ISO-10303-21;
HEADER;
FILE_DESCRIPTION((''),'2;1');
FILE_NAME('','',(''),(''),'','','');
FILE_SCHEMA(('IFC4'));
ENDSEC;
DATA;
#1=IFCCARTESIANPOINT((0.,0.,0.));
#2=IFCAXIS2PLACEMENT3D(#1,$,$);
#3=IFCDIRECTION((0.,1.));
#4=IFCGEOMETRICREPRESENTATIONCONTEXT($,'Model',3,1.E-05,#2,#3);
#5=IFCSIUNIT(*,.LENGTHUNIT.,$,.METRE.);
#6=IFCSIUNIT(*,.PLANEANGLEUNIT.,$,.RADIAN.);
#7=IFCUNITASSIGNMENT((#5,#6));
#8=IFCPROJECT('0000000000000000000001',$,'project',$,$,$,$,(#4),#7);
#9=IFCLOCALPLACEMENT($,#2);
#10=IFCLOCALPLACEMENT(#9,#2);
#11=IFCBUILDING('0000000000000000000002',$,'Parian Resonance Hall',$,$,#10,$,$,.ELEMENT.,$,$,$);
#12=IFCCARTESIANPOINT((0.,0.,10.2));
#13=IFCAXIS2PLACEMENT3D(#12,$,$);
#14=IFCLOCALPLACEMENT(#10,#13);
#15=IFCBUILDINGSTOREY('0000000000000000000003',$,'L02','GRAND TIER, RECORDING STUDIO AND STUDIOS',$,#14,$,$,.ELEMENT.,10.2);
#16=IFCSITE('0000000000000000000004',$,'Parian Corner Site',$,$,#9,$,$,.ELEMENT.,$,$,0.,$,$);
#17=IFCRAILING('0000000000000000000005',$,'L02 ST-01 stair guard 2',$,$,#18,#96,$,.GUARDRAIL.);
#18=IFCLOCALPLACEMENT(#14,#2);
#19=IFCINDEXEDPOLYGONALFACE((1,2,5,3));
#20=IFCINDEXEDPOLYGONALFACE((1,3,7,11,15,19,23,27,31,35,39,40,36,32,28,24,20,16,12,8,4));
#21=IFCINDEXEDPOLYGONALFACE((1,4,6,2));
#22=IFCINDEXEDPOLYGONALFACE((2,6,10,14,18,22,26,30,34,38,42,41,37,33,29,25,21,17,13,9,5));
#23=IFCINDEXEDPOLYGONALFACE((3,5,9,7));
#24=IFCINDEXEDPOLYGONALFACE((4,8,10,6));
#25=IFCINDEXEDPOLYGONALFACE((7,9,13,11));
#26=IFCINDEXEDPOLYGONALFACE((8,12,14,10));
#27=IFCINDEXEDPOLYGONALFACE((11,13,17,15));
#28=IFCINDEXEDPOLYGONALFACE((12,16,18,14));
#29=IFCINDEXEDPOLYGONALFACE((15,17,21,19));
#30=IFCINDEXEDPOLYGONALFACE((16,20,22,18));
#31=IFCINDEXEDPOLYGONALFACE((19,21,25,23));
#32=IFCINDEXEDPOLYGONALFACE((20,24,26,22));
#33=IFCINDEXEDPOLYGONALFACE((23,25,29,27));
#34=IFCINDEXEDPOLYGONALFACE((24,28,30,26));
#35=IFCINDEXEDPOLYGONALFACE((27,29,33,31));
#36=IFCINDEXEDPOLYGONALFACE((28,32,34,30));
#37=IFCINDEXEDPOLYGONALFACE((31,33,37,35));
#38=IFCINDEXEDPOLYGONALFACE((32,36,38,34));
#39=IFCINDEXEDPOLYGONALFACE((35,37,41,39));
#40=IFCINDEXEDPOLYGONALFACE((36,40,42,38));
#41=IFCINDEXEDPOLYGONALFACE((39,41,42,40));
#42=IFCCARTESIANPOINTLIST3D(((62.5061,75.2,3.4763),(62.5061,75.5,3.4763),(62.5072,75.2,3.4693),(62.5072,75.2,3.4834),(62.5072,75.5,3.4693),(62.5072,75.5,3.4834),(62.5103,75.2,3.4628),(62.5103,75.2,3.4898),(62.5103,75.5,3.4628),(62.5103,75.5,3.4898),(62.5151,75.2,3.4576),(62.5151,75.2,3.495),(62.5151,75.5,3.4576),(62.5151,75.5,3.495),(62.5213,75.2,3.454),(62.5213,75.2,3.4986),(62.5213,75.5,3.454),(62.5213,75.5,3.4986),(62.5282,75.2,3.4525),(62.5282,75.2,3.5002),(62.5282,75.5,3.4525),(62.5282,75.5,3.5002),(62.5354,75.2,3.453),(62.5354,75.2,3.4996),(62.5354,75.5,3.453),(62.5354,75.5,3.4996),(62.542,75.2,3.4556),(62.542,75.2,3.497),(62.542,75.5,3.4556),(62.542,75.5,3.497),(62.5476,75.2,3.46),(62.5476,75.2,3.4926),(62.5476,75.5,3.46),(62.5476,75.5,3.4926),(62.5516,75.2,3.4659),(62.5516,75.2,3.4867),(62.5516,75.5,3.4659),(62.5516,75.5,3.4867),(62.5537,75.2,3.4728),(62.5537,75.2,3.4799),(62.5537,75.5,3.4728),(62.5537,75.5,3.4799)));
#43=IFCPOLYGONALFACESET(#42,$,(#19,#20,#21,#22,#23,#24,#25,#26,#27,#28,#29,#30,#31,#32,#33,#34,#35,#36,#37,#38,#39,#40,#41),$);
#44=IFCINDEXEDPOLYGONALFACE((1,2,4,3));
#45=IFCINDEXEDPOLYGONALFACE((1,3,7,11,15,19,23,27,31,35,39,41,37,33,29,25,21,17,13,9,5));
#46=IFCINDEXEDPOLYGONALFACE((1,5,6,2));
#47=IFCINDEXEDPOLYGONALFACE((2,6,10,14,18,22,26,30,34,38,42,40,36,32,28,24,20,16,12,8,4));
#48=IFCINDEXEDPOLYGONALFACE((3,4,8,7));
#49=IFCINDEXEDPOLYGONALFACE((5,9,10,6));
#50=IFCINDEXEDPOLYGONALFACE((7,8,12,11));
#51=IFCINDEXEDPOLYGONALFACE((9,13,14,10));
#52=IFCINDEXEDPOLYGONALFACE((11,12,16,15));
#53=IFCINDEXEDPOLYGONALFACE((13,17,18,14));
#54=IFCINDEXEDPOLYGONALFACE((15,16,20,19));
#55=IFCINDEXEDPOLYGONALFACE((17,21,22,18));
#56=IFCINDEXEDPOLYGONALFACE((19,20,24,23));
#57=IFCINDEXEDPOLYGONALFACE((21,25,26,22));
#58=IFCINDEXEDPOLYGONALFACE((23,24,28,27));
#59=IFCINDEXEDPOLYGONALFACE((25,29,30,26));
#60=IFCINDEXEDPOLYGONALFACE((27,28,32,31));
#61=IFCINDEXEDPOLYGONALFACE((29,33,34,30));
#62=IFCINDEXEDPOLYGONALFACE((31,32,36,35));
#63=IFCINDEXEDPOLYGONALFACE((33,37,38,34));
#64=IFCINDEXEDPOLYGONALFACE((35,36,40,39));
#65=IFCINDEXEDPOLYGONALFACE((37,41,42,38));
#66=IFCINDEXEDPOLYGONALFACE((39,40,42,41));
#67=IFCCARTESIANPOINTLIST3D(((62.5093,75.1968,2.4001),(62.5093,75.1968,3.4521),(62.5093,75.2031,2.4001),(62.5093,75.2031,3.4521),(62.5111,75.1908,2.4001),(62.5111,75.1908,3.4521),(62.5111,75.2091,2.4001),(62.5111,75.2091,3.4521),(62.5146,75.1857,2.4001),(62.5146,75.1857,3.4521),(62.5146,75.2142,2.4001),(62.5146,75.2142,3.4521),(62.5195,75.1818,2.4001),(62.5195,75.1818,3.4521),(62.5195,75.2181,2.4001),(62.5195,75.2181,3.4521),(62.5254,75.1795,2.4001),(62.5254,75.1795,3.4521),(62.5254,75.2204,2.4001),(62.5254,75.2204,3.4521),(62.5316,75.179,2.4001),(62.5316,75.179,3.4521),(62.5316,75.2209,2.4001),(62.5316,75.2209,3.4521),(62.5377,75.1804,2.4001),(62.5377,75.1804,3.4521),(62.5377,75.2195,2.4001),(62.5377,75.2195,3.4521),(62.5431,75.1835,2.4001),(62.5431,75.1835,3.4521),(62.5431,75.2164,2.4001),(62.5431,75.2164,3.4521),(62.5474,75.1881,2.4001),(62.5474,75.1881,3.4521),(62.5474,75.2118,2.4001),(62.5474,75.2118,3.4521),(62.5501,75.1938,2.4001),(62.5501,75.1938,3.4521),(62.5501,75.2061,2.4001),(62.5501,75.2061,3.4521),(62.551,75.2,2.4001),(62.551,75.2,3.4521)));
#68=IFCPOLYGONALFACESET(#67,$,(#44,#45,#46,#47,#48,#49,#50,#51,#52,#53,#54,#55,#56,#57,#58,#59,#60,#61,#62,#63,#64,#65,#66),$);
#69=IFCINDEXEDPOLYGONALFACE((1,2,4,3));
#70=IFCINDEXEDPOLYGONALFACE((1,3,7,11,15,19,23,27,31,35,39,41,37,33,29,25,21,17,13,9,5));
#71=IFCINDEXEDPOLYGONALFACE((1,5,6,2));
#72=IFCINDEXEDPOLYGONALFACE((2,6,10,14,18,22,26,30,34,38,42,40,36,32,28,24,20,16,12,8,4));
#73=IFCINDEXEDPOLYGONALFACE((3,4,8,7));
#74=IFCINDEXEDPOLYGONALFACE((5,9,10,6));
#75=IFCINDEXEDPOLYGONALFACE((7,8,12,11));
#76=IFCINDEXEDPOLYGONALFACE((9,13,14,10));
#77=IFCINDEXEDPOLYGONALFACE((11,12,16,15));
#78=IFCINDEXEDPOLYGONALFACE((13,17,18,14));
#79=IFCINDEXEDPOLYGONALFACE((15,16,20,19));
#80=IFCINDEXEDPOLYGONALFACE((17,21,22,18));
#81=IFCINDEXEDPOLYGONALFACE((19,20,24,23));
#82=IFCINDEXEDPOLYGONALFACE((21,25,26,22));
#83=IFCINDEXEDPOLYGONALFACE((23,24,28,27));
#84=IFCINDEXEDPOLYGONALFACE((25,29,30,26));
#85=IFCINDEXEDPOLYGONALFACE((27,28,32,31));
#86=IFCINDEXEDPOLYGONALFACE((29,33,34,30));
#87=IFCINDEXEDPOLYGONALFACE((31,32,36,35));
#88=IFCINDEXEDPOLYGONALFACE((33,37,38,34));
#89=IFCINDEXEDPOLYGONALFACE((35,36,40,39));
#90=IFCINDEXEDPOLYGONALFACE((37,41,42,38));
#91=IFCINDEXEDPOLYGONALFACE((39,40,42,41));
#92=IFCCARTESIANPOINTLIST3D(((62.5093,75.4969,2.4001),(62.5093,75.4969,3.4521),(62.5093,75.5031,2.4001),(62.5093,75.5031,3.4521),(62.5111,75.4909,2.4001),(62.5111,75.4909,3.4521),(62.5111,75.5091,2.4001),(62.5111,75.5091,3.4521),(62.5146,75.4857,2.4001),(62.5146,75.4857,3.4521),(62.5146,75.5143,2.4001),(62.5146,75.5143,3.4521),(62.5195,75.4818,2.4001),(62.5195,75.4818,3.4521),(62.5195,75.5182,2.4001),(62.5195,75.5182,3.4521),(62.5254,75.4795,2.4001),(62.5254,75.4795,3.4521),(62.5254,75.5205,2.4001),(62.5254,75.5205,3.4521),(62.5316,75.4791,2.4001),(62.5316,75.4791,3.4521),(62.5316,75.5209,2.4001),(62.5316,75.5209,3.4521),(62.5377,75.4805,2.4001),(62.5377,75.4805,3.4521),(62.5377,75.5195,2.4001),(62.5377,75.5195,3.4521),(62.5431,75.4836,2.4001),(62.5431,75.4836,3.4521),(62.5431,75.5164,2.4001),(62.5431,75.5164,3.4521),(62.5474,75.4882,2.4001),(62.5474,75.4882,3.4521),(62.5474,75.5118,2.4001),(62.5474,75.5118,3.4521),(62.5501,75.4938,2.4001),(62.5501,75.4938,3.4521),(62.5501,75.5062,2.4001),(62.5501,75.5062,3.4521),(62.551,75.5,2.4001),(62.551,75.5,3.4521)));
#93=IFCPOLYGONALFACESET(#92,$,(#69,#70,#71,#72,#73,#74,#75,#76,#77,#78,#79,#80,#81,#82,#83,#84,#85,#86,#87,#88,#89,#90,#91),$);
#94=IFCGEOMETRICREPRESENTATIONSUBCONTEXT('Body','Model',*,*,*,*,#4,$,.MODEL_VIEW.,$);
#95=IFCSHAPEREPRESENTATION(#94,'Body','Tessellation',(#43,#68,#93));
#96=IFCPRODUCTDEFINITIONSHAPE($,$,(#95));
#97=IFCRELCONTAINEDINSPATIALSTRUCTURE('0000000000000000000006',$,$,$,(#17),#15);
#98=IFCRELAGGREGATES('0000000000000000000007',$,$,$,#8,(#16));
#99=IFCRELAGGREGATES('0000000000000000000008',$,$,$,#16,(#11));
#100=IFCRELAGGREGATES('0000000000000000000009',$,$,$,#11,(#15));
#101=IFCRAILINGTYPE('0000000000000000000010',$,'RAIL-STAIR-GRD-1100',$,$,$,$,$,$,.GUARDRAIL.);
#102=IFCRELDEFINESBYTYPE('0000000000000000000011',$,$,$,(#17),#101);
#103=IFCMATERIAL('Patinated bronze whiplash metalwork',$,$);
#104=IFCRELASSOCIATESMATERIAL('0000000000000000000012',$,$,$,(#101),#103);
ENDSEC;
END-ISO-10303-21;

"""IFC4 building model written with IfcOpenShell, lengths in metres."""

from ifc_helpers import new_model, si_unit, direction, frame, origin, origin_2d, place, context, subcontext, project, spatial, circle, extrude, material, type_object, element, save


model = new_model("IFC4")

# Units and contexts
model_context = context("Model", 3, precision=1e-05, world=origin(), true_north=direction((0.0, 1.0)))
body_context = subcontext(model_context, "Body", "Model", "MODEL_VIEW")
ifc_project = project(units=[si_unit("LENGTHUNIT", "METRE"), si_unit("PLANEANGLEUNIT", "RADIAN")], contexts=[model_context])

# Site, building, storey
site_placement = place(None, origin())
site = spatial("IfcSite", under=ifc_project, at=site_placement, Name="Parian Corner Site", CompositionType="ELEMENT", RefElevation=0.0)
building_placement = place(site_placement, origin())
building = spatial("IfcBuilding", under=site, at=building_placement, Name="Parian Resonance Hall", CompositionType="ELEMENT")
storey_placement = place(building_placement, frame((0.0, 0.0, 10.2)))
storey = spatial("IfcBuildingStorey", under=building, at=storey_placement, Name="L02", Description="GRAND TIER, RECORDING STUDIO AND STUDIOS", CompositionType="ELEMENT", Elevation=10.2)

# Railing
ifc_material_1 = material(Name="Patinated bronze whiplash metalwork")
railing_type_1 = type_object("IfcRailingType", Name="RAIL-STAIR-GRD-1100", PredefinedType="GUARDRAIL", material=ifc_material_1)
railing_1_placement = place(storey_placement, frame((62.53, 75.2, 2.4001)))
element("IfcRailing", 1, at=railing_1_placement, inside=storey, type_object=railing_type_1, Name="L02 ST-01 stair guard 2", PredefinedType="GUARDRAIL", context=body_context, shape_type="SweptSolid", body=[
    extrude(circle(Radius=0.0239, at=origin_2d()), frame((0.0, 0.0, 1.0762), z_axis=(0.0, 1.0, 0.0), x_axis=(-1.0, 0.0, 0.0)), (0.0, 0.0, 1.0), 0.3),
    extrude(circle(Radius=0.021, at=origin_2d()), origin(), (0.0, 0.0, 1.0), 1.052),
    extrude(circle(Radius=0.021, at=origin_2d()), frame((0.0, 0.3, 0.0)), (0.0, 0.0, 1.0), 1.052),
])

save(model, "model.ifc")
